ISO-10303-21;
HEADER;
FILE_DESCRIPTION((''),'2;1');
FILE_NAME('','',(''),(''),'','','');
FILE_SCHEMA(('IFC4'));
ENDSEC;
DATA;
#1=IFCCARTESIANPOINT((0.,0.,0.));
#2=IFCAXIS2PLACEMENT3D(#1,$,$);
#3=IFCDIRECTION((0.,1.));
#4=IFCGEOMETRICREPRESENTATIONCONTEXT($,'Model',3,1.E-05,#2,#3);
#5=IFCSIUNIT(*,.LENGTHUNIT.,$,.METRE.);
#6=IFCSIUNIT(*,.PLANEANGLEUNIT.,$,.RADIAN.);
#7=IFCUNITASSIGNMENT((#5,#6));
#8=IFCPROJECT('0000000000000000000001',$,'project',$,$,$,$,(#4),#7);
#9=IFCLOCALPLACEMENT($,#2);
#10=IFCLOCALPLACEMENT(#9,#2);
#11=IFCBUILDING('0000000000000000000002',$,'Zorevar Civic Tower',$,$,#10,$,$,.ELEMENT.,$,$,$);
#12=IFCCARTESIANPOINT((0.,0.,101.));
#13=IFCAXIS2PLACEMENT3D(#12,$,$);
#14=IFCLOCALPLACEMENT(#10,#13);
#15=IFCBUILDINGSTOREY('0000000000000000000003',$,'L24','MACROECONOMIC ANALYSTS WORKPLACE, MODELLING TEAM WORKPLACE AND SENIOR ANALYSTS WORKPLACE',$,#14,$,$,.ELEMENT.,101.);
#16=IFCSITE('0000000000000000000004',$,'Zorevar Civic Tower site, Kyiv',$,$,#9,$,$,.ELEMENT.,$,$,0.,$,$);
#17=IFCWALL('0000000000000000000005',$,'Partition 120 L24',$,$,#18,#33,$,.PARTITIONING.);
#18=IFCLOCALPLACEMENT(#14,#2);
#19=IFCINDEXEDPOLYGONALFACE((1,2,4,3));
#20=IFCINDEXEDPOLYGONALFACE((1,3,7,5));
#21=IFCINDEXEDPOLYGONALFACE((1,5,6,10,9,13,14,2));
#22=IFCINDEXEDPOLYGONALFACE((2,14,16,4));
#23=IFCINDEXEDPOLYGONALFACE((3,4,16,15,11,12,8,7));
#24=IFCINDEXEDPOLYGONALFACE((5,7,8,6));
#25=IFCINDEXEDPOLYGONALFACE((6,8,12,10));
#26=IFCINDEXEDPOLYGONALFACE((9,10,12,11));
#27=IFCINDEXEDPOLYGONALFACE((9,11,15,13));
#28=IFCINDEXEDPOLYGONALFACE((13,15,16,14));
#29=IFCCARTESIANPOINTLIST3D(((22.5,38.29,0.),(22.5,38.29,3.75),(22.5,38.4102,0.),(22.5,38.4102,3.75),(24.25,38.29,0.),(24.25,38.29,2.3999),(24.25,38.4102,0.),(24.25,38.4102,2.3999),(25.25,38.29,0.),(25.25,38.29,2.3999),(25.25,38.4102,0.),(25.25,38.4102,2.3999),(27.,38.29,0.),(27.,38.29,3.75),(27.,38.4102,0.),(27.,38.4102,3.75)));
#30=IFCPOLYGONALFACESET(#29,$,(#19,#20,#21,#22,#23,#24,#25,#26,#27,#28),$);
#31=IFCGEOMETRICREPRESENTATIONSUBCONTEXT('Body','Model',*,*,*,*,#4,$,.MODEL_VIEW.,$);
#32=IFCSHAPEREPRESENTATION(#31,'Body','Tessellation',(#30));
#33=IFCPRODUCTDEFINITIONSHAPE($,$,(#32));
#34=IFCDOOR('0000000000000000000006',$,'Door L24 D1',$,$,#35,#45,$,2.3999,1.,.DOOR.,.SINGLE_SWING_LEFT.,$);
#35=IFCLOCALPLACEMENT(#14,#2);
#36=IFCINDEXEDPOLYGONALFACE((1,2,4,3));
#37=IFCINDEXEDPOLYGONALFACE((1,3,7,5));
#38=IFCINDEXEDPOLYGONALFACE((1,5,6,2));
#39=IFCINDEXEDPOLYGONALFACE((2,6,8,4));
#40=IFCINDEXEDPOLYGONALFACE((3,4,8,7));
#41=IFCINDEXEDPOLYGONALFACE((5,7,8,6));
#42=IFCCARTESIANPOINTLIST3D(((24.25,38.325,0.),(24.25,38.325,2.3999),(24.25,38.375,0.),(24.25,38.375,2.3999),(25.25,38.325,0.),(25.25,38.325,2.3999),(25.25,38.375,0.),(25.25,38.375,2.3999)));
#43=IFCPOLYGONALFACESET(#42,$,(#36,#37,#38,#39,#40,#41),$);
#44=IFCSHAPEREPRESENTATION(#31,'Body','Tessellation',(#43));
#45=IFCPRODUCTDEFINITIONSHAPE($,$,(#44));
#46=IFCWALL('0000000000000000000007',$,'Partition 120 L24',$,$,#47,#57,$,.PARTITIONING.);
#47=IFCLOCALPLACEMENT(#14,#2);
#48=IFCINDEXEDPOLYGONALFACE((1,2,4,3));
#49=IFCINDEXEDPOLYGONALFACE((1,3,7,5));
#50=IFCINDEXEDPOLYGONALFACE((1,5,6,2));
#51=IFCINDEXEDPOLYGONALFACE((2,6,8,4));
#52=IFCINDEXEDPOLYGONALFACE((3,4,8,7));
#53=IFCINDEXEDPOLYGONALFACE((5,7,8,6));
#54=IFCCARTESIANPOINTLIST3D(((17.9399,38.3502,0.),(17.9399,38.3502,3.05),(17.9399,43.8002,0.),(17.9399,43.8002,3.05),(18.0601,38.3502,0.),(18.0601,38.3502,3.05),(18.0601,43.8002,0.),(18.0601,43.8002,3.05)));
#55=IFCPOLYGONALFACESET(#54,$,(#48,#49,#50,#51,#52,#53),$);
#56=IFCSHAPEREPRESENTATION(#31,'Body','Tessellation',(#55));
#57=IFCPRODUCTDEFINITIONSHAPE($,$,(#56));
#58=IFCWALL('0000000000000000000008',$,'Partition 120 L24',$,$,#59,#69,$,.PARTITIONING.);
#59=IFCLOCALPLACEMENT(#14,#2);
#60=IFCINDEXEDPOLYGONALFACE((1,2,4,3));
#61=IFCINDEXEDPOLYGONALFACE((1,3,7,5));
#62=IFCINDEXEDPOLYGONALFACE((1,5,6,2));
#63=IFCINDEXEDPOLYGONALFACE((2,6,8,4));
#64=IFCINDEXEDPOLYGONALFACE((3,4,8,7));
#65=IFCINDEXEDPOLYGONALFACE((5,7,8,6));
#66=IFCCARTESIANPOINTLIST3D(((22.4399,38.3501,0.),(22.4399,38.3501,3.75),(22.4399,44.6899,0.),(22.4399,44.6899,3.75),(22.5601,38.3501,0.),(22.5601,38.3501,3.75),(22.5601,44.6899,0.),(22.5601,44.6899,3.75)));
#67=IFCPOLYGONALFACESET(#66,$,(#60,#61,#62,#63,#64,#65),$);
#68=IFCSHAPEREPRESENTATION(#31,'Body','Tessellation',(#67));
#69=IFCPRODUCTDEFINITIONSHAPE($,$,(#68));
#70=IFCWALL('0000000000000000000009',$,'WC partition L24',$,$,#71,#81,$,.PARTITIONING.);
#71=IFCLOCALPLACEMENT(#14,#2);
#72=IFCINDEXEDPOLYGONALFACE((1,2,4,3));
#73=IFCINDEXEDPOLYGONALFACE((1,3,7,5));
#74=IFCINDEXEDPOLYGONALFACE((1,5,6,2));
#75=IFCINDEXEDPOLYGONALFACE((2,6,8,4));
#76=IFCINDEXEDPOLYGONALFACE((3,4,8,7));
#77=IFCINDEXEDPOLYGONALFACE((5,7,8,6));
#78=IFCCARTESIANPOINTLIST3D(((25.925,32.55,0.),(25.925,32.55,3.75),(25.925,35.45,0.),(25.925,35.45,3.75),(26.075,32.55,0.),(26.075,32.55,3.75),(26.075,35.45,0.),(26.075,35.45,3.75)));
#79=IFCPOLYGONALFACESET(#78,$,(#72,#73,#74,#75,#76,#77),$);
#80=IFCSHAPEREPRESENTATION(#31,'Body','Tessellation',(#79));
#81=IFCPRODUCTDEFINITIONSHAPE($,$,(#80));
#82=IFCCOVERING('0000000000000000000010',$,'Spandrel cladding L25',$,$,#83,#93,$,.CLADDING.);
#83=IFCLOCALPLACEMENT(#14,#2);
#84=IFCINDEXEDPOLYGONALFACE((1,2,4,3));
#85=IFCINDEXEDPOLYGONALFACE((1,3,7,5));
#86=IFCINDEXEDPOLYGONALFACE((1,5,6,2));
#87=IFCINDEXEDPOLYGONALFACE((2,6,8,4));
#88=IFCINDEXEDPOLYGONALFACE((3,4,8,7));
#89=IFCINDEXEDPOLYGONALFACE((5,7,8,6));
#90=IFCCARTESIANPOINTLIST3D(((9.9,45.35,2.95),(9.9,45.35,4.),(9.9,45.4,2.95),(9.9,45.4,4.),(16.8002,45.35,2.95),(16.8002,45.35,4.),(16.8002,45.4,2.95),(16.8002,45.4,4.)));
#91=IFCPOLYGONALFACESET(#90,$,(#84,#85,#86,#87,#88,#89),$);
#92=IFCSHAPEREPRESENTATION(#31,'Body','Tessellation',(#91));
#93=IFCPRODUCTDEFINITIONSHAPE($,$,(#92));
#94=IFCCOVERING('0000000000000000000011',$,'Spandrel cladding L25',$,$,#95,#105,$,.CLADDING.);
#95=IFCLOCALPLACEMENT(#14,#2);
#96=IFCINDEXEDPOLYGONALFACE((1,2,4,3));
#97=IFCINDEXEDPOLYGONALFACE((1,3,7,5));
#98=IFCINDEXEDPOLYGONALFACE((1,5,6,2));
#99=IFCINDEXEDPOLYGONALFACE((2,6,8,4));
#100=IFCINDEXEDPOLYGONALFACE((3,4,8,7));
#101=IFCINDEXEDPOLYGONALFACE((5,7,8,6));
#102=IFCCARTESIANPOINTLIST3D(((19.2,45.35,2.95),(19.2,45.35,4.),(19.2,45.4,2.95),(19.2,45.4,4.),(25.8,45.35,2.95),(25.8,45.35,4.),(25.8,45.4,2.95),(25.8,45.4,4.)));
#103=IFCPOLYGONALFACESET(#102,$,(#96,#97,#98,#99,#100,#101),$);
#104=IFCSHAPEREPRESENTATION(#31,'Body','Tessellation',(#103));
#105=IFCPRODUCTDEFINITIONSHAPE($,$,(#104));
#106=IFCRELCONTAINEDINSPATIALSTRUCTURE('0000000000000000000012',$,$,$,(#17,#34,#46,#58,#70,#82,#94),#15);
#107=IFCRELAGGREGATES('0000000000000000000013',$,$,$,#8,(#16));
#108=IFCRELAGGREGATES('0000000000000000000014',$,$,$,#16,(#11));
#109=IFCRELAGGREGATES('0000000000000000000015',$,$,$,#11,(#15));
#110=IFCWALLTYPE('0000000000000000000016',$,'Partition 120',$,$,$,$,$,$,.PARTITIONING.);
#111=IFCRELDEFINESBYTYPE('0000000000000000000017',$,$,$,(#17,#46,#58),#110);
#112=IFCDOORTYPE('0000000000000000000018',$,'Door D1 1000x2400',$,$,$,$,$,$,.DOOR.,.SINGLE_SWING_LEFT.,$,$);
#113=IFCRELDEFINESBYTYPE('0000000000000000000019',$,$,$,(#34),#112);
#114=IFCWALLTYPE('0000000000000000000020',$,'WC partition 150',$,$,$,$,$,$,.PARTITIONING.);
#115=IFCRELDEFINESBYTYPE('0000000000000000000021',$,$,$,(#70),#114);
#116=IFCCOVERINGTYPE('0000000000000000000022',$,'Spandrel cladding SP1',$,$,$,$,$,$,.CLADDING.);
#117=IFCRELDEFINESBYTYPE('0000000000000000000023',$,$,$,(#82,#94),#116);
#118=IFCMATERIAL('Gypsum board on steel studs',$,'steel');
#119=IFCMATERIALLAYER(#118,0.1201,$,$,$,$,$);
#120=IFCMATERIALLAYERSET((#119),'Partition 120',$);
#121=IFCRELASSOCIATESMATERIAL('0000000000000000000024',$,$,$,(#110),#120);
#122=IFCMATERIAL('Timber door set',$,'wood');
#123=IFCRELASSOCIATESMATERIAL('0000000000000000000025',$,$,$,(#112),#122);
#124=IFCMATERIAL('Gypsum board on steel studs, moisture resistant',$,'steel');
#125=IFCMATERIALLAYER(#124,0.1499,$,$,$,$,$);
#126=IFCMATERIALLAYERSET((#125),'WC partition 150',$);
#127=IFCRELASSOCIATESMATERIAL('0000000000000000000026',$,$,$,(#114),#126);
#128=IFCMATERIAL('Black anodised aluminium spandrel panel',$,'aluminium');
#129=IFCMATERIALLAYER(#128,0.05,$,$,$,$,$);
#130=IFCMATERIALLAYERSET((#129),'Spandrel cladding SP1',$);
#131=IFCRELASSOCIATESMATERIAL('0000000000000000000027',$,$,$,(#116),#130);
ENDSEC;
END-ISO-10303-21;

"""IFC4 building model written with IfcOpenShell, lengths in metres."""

from ifc_helpers import new_model, si_unit, direction, frame, frame_2d, origin, place, context, subcontext, project, spatial, rectangle, extrude, material, layer, layer_set, type_object, element, fill, save


model = new_model("IFC4")

# Units and contexts
model_context = context("Model", 3, precision=1e-05, world=origin(), true_north=direction((0.0, 1.0)))
body_context = subcontext(model_context, "Body", "Model", "MODEL_VIEW")
ifc_project = project(units=[si_unit("LENGTHUNIT", "METRE"), si_unit("PLANEANGLEUNIT", "RADIAN")], contexts=[model_context])

# Site, building, storey
site_placement = place(None, origin())
site = spatial("IfcSite", under=ifc_project, at=site_placement, Name="Zorevar Civic Tower site, Kyiv", CompositionType="ELEMENT", RefElevation=0.0)
building_placement = place(site_placement, origin())
building = spatial("IfcBuilding", under=site, at=building_placement, Name="Zorevar Civic Tower", CompositionType="ELEMENT")
storey_placement = place(building_placement, frame((0.0, 0.0, 101.0)))
storey = spatial("IfcBuildingStorey", under=building, at=storey_placement, Name="L24", Description="MACROECONOMIC ANALYSTS WORKPLACE, MODELLING TEAM WORKPLACE AND SENIOR ANALYSTS WORKPLACE", CompositionType="ELEMENT", Elevation=101.0)

# Wall, opening, door
ifc_material_1 = material(Name="Gypsum board on steel studs", Category="steel")
ifc_layer_1 = layer(ifc_material_1, 0.1201)
ifc_layer_set_1 = layer_set([ifc_layer_1], Name="Partition 120")
wall_type_1 = type_object("IfcWallType", Name="Partition 120", PredefinedType="PARTITIONING", material=ifc_layer_set_1)
ifc_material_2 = material(Name="Timber door set", Category="wood")
door_type_1 = type_object("IfcDoorType", Name="Door D1 1000x2400", OperationType="SINGLE_SWING_LEFT", PredefinedType="DOOR", material=ifc_material_2)
wall_1_placement = place(storey_placement, frame((22.5, 38.3501, 0.0), z_axis=(0.0, 0.0, 1.0), x_axis=(1.0, 0.0, 0.0)))
wall_1 = element("IfcWall", 1, at=wall_1_placement, inside=storey, type_object=wall_type_1, Name="Partition 120 L24", PredefinedType="PARTITIONING", context=body_context, shape_type="SweptSolid", body=[
    extrude(rectangle(XDim=4.5, YDim=0.1201, at=frame_2d((2.25, 0.0))), origin(), (0.0, 0.0, 1.0), 3.75),
])
opening_1_placement = place(wall_1_placement, frame((1.75, 0.0, 0.0)))
opening_1 = element("IfcOpeningElement", 2, at=opening_1_placement, cuts=wall_1, PredefinedType="OPENING", context=body_context, shape_type="SweptSolid", body=[
    extrude(rectangle(XDim=1.0, YDim=2.3999, at=frame_2d((0.5, 1.2))), frame((0.0, 0.0701, 0.0), z_axis=(0.0, -1.0, 0.0), x_axis=(1.0, 0.0, 0.0)), (0.0, 0.0, 1.0), 0.1401),
])
door_1_placement = place(opening_1_placement, origin())
door_1 = element("IfcDoor", 3, at=door_1_placement, inside=storey, type_object=door_type_1, Name="Door L24 D1", OperationType="SINGLE_SWING_LEFT", OverallHeight=2.3999, OverallWidth=1.0, PredefinedType="DOOR", context=body_context, shape_type="SweptSolid", body=[
    extrude(rectangle(XDim=1.0, YDim=2.3999, at=frame_2d((0.5, 1.2))), frame((0.0, 0.0249, 0.0), z_axis=(0.0, -1.0, 0.0), x_axis=(1.0, 0.0, 0.0)), (0.0, 0.0, 1.0), 0.05),
])
fill(opening_1, door_1)

# Walls
wall_2_placement = place(storey_placement, frame((18.0, 38.3501, 0.0), z_axis=(0.0, 0.0, 1.0), x_axis=(0.0, 1.0, 0.0)))
element("IfcWall", 4, at=wall_2_placement, inside=storey, type_object=wall_type_1, Name="Partition 120 L24", PredefinedType="PARTITIONING", context=body_context, shape_type="SweptSolid", body=[
    extrude(rectangle(XDim=5.45, YDim=0.1201, at=frame_2d((2.7251, 0.0))), origin(), (0.0, 0.0, 1.0), 3.05),
])
wall_3_placement = place(storey_placement, frame((22.5, 38.3501, 0.0), z_axis=(0.0, 0.0, 1.0), x_axis=(0.0, 1.0, 0.0)))
element("IfcWall", 5, at=wall_3_placement, inside=storey, type_object=wall_type_1, Name="Partition 120 L24", PredefinedType="PARTITIONING", context=body_context, shape_type="SweptSolid", body=[
    extrude(rectangle(XDim=6.3398, YDim=0.1201, at=frame_2d((3.1699, 0.0))), origin(), (0.0, 0.0, 1.0), 3.75),
])
ifc_material_3 = material(Name="Gypsum board on steel studs, moisture resistant", Category="steel")
ifc_layer_2 = layer(ifc_material_3, 0.1499)
ifc_layer_set_2 = layer_set([ifc_layer_2], Name="WC partition 150")
wall_type_2 = type_object("IfcWallType", Name="WC partition 150", PredefinedType="PARTITIONING", material=ifc_layer_set_2)
wall_4_placement = place(storey_placement, frame((26.0, 32.55, 0.0), z_axis=(0.0, 0.0, 1.0), x_axis=(0.0, 1.0, 0.0)))
element("IfcWall", 6, at=wall_4_placement, inside=storey, type_object=wall_type_2, Name="WC partition L24", PredefinedType="PARTITIONING", context=body_context, shape_type="SweptSolid", body=[
    extrude(rectangle(XDim=2.8999, YDim=0.1499, at=frame_2d((1.45, 0.0))), origin(), (0.0, 0.0, 1.0), 3.75),
])

# Coverings
ifc_material_4 = material(Name="Black anodised aluminium spandrel panel", Category="aluminium")
ifc_layer_3 = layer(ifc_material_4, 0.05)
ifc_layer_set_3 = layer_set([ifc_layer_3], Name="Spandrel cladding SP1")
covering_type = type_object("IfcCoveringType", Name="Spandrel cladding SP1", PredefinedType="CLADDING", material=ifc_layer_set_3)
covering_1_placement = place(storey_placement, frame((9.8999, 45.375, 2.95), z_axis=(0.0, 0.0, 1.0), x_axis=(1.0, 0.0, 0.0)))
element("IfcCovering", 7, at=covering_1_placement, inside=storey, type_object=covering_type, Name="Spandrel cladding L25", PredefinedType="CLADDING", context=body_context, shape_type="SweptSolid", body=[
    extrude(rectangle(XDim=6.9001, YDim=0.05, at=frame_2d((3.4502, 0.0))), origin(), (0.0, 0.0, 1.0), 1.05),
])
covering_2_placement = place(storey_placement, frame((19.2, 45.375, 2.95), z_axis=(0.0, 0.0, 1.0), x_axis=(1.0, 0.0, 0.0)))
element("IfcCovering", 8, at=covering_2_placement, inside=storey, type_object=covering_type, Name="Spandrel cladding L25", PredefinedType="CLADDING", context=body_context, shape_type="SweptSolid", body=[
    extrude(rectangle(XDim=6.6001, YDim=0.05, at=frame_2d((3.3, 0.0))), origin(), (0.0, 0.0, 1.0), 1.05),
])

save(model, "model.ifc")
